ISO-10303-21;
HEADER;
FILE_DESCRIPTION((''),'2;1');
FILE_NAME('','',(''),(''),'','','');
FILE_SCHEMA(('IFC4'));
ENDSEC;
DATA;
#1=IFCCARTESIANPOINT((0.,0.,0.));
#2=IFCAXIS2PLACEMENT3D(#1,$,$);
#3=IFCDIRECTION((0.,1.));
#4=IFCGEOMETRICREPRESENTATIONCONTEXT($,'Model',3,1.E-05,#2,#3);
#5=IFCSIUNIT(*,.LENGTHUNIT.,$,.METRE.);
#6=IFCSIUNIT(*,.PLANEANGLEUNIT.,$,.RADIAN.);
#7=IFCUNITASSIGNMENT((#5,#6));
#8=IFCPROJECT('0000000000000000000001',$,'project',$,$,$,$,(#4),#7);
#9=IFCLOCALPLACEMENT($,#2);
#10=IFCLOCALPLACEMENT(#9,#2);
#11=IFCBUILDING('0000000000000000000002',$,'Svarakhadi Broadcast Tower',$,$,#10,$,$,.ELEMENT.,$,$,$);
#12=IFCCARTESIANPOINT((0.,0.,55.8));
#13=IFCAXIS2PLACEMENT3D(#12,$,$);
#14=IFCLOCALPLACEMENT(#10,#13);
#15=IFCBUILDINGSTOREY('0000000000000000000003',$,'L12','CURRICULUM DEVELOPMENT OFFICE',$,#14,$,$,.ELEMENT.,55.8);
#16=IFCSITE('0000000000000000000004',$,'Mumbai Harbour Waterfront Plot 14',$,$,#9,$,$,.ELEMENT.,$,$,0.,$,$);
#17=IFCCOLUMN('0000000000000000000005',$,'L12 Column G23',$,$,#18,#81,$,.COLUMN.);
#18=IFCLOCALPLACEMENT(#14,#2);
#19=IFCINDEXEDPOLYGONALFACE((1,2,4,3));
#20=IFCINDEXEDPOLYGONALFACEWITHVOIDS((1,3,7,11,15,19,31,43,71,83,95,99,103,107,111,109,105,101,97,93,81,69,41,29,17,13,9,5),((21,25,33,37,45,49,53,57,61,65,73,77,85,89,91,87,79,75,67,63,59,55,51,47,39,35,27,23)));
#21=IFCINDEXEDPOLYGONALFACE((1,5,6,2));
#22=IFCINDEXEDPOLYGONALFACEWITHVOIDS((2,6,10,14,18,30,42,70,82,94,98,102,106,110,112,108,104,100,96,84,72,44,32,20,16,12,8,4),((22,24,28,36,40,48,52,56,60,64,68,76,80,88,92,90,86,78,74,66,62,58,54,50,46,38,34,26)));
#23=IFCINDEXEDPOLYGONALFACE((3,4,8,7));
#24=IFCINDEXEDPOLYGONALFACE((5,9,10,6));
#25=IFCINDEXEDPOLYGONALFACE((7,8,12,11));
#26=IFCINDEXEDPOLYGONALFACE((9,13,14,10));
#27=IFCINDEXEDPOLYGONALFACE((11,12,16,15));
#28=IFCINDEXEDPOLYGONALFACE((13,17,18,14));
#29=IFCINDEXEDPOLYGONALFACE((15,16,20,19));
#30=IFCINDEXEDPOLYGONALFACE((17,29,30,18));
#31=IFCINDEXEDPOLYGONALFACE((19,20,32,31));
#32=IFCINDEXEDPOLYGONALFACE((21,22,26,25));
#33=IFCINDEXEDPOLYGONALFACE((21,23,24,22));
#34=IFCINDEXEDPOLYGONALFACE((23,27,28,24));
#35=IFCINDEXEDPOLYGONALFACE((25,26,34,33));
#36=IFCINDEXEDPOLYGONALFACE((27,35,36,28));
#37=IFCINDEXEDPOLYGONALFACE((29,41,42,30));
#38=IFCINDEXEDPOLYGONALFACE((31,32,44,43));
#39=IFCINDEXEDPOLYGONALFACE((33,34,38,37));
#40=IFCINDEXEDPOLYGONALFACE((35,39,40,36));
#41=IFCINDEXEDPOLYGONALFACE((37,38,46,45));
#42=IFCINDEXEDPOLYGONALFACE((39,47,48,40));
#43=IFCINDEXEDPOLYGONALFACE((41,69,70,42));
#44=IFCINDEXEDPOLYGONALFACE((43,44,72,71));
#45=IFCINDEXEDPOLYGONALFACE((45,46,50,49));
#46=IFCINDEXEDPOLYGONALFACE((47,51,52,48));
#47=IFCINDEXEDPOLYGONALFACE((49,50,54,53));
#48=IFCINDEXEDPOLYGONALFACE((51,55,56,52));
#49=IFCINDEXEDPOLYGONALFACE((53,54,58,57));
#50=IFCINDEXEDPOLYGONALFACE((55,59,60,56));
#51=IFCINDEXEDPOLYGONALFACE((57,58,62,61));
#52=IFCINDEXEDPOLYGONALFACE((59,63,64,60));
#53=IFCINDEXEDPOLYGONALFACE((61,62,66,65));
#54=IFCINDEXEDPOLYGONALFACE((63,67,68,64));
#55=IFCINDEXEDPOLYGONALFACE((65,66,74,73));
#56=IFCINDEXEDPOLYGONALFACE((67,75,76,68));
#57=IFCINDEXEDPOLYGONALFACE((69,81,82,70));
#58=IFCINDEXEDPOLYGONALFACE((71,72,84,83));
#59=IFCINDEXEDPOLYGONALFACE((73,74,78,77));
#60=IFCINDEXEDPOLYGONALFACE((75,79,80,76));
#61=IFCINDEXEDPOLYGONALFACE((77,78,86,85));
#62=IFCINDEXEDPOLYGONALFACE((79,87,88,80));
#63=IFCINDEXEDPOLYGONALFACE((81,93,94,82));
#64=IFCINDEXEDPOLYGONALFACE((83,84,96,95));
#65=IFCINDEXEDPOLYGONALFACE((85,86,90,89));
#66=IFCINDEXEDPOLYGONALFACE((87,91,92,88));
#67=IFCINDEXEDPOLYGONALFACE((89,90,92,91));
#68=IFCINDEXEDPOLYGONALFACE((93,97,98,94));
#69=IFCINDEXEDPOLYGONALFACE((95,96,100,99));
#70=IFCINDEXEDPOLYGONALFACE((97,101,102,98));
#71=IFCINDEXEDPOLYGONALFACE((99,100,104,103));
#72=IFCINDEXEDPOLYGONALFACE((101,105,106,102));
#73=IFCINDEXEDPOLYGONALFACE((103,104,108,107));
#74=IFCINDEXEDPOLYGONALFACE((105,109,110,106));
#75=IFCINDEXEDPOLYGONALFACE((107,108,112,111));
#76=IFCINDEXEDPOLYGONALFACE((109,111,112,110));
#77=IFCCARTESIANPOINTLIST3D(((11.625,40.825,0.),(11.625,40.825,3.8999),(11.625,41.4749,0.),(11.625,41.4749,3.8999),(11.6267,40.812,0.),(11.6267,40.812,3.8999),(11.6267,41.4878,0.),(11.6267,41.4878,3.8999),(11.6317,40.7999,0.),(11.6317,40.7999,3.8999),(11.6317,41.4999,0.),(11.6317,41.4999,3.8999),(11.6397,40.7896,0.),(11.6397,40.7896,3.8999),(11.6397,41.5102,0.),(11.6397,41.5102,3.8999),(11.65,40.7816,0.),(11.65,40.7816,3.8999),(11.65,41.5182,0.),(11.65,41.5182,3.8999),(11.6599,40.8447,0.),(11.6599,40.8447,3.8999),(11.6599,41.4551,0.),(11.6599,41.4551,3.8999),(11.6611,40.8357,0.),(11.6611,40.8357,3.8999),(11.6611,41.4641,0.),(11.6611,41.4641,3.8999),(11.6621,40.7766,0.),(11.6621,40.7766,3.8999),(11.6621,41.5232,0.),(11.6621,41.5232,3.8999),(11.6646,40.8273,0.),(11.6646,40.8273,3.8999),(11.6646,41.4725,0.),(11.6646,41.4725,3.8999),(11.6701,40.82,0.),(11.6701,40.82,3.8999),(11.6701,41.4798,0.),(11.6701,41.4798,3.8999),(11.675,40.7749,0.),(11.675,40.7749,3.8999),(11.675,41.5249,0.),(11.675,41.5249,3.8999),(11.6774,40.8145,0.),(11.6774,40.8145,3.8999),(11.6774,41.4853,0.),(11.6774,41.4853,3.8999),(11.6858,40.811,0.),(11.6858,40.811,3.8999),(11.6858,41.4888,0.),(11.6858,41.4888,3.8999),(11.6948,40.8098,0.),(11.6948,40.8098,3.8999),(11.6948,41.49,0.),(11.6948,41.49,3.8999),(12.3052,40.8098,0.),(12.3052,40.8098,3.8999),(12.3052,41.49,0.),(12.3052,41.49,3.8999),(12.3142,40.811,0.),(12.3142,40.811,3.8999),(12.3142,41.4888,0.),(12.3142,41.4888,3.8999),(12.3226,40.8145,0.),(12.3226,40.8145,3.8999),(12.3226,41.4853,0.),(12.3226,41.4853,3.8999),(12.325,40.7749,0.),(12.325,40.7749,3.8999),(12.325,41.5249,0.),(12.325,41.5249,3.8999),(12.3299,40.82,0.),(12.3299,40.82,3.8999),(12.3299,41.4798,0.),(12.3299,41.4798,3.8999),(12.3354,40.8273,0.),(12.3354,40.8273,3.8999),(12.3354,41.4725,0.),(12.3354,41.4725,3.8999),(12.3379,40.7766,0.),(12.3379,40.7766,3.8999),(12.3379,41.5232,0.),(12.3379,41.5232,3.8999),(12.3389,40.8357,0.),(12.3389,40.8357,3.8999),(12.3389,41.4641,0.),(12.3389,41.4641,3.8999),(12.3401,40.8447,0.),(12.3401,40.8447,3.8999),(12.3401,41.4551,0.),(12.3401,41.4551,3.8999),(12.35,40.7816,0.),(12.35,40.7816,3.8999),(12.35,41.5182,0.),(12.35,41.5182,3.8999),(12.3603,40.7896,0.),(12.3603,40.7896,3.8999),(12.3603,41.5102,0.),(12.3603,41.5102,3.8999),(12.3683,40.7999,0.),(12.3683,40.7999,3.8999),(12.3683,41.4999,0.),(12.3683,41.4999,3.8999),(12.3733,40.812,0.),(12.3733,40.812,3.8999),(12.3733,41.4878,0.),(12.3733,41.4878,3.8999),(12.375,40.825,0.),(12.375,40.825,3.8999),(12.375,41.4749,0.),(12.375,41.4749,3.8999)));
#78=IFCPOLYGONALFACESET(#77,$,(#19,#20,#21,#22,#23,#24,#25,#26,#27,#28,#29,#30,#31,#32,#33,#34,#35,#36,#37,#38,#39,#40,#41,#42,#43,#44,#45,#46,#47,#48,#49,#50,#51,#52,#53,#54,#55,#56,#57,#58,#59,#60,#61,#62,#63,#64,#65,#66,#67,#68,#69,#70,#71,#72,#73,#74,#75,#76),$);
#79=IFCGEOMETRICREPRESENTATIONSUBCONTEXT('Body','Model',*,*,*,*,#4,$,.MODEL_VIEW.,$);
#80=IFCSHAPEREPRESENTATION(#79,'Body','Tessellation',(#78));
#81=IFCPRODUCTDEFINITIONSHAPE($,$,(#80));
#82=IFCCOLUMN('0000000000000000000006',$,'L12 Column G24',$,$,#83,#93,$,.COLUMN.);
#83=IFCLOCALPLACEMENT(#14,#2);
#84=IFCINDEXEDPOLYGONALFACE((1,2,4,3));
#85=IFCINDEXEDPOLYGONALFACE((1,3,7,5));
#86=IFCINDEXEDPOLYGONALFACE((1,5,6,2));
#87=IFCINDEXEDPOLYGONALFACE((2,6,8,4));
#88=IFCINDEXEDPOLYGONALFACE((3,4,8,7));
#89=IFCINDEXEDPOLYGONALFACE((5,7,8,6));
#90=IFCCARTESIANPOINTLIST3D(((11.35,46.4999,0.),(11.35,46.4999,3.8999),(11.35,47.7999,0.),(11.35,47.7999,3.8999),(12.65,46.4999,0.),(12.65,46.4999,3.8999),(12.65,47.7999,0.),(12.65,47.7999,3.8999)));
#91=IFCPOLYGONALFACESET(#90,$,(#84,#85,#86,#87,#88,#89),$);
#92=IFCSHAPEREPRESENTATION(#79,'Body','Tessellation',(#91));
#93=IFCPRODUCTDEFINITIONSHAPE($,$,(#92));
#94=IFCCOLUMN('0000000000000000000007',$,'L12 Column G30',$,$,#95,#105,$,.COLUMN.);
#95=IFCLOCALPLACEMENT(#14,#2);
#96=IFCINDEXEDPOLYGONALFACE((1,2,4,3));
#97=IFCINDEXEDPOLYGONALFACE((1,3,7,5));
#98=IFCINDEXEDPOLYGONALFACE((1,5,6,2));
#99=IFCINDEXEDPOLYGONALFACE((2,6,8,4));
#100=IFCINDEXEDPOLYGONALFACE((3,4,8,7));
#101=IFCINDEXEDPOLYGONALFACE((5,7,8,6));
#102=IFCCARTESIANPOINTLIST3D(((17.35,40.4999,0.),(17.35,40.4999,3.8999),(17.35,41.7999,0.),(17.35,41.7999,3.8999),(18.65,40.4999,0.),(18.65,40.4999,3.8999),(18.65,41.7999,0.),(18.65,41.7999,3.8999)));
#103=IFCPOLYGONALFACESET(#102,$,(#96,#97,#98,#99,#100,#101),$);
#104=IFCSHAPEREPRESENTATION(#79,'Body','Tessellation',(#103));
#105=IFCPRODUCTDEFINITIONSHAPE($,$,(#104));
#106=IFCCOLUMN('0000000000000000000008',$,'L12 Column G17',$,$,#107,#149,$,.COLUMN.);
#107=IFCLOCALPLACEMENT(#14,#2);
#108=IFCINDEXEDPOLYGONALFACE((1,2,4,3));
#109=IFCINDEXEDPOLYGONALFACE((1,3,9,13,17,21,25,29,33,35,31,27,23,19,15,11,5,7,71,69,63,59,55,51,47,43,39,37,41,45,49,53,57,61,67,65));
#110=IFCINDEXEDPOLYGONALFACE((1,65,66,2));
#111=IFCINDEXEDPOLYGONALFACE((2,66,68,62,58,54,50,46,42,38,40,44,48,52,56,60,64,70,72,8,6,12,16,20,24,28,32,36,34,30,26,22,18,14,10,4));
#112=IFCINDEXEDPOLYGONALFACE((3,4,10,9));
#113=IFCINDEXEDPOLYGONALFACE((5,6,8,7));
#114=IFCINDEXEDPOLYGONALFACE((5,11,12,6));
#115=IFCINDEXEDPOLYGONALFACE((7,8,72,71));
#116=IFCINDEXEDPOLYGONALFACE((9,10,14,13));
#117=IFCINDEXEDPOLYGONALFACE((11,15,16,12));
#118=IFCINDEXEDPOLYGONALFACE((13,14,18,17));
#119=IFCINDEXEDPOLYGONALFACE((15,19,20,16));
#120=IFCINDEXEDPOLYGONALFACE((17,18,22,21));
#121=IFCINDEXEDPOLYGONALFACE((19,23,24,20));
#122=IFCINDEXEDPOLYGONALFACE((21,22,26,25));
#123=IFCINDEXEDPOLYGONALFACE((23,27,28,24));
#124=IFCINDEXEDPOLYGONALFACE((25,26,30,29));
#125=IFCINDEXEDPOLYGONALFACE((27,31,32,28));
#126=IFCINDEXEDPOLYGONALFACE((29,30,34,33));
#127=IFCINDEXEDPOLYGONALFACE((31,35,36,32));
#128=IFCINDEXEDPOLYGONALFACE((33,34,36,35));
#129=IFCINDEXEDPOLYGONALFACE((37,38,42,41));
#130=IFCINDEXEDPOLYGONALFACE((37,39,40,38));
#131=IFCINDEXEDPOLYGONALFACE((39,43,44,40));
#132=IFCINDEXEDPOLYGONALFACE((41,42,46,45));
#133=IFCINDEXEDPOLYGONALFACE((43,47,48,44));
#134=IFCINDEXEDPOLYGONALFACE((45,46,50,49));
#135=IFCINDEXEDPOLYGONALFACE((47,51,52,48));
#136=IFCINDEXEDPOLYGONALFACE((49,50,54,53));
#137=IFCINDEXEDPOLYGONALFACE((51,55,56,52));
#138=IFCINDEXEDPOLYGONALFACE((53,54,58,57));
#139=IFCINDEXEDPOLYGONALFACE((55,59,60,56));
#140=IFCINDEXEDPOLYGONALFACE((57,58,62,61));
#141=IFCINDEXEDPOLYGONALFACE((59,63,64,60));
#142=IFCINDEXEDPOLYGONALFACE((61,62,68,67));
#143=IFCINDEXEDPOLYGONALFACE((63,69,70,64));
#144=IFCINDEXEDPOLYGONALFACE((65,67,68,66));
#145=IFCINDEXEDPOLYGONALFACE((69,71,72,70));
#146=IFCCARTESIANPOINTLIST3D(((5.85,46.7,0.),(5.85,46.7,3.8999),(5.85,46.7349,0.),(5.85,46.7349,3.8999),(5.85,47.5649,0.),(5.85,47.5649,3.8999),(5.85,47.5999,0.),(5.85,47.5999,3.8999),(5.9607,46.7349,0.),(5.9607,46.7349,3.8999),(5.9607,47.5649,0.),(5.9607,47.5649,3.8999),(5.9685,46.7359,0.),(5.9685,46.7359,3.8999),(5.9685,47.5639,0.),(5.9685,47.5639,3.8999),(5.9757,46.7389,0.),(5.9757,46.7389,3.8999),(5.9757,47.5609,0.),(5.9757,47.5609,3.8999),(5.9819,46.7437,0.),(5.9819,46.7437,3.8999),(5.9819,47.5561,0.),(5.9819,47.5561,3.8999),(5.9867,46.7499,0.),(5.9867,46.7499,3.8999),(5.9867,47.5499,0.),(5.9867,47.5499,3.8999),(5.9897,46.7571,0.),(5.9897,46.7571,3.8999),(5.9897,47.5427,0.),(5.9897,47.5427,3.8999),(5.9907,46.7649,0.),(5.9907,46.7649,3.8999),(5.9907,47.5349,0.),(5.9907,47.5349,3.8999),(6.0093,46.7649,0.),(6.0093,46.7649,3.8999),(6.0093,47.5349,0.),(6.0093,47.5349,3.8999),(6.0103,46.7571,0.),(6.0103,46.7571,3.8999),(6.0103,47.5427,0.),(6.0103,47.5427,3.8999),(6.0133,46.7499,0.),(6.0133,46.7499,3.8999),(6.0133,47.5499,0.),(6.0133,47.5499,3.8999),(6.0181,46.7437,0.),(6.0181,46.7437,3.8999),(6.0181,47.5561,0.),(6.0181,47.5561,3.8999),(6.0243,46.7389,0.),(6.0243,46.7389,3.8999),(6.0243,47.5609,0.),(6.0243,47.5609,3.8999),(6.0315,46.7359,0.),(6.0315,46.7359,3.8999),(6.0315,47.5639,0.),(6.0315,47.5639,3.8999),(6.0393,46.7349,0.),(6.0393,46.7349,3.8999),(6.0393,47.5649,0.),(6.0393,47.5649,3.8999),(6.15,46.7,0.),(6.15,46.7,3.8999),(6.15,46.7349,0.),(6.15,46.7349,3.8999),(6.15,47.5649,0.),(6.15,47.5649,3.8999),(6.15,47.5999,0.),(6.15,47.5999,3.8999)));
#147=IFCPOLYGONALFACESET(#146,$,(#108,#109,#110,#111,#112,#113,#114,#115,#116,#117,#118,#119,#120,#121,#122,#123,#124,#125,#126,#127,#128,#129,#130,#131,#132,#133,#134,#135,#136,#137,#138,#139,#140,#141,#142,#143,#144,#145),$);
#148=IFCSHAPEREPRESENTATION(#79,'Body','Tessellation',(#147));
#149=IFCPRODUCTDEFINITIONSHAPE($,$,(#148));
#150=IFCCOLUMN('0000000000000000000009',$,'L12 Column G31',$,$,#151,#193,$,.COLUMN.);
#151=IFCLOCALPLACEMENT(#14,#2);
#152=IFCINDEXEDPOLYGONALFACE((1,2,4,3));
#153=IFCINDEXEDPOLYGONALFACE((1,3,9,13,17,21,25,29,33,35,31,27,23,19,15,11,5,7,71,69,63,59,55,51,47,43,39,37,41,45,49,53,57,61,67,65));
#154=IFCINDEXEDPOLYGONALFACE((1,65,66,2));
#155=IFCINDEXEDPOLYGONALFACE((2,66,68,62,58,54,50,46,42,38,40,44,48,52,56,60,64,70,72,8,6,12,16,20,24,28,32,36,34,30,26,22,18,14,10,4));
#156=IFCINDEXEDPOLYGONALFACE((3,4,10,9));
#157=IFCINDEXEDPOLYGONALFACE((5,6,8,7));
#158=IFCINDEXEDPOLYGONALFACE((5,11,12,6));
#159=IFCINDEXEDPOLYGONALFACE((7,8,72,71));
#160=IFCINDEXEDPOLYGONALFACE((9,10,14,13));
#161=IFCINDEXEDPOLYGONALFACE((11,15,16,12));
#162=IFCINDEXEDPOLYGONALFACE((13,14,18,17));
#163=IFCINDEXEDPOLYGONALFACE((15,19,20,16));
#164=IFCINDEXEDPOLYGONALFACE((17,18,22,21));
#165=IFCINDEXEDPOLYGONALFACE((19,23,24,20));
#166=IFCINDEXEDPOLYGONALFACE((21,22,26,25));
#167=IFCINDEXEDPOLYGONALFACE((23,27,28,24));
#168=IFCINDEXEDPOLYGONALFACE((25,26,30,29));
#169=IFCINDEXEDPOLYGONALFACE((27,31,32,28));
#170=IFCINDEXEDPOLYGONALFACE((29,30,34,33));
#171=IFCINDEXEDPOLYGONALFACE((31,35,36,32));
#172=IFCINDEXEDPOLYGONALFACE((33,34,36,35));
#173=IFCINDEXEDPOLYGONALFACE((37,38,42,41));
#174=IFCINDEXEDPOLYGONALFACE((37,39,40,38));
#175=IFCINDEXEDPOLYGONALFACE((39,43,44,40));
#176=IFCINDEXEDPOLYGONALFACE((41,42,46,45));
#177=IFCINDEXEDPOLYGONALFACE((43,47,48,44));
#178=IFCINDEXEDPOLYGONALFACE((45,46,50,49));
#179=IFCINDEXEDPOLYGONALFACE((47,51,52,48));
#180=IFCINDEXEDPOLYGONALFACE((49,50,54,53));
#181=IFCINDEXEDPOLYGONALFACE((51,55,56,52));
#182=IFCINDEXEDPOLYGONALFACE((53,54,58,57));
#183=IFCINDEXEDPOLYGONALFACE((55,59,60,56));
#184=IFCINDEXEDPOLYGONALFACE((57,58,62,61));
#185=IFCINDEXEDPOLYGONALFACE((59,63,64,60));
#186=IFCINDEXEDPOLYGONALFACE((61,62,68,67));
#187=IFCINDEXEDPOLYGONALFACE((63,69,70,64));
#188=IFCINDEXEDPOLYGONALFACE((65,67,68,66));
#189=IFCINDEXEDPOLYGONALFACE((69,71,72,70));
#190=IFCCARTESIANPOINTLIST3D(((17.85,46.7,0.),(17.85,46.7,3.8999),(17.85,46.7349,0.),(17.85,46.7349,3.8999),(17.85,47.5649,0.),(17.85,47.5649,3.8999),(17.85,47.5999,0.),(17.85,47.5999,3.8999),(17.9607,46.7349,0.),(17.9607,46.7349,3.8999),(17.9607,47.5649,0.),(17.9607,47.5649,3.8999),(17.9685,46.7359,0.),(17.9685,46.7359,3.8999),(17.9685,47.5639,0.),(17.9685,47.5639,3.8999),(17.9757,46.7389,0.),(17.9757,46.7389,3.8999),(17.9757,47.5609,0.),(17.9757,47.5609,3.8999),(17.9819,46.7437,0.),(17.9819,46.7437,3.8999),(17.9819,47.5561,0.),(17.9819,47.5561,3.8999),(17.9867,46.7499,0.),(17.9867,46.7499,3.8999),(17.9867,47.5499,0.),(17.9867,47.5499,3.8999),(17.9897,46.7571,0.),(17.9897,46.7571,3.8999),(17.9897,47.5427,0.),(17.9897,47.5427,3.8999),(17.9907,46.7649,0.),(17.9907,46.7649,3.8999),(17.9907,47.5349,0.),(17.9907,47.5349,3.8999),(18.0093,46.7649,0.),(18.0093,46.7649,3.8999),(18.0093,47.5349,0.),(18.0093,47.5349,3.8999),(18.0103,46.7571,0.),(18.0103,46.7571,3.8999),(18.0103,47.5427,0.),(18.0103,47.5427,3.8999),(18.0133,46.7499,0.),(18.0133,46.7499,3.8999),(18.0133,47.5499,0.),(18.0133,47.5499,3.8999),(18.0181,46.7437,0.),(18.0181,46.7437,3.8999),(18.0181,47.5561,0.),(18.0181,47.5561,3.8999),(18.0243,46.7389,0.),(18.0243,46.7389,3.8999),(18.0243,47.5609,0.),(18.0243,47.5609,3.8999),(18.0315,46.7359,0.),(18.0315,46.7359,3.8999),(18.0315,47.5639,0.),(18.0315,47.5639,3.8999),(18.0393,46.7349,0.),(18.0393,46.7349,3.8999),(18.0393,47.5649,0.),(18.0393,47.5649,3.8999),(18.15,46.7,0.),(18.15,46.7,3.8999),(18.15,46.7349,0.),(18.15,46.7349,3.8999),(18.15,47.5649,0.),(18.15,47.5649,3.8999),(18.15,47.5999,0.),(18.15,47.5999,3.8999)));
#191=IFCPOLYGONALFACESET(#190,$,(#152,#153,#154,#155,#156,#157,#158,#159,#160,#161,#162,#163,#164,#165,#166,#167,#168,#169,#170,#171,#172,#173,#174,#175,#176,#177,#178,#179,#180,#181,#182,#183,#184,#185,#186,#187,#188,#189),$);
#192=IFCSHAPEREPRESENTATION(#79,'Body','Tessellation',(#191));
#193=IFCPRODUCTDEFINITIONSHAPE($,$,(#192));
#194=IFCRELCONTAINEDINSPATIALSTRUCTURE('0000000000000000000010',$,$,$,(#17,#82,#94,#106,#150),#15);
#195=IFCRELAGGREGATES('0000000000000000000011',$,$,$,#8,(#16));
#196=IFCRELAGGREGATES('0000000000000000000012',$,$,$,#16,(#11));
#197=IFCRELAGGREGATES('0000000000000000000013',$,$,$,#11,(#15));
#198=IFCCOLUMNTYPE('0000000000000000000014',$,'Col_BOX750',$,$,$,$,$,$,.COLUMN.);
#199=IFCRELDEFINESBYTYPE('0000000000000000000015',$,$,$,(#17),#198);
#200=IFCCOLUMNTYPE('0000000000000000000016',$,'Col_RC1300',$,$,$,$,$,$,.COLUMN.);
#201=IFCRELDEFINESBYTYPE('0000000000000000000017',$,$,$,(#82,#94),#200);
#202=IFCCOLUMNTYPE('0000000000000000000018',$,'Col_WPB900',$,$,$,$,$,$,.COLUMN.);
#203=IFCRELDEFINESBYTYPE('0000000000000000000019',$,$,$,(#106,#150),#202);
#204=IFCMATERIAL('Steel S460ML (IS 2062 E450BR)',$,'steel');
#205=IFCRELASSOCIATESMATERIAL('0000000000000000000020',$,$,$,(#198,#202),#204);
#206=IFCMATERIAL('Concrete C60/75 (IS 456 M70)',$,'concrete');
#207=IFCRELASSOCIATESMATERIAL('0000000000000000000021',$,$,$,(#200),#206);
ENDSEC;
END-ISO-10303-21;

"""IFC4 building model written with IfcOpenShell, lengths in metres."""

from ifc_helpers import new_model, si_unit, direction, frame, origin, origin_2d, place, context, subcontext, project, spatial, rectangle, hollow_rectangle, i_section, extrude, material, material_profile, profile_set, type_object, element, save


model = new_model("IFC4")

# Units and contexts
model_context = context("Model", 3, precision=1e-05, world=origin(), true_north=direction((0.0, 1.0)))
body_context = subcontext(model_context, "Body", "Model", "MODEL_VIEW")
ifc_project = project(units=[si_unit("LENGTHUNIT", "METRE"), si_unit("PLANEANGLEUNIT", "RADIAN")], contexts=[model_context])

# Site, building, storey
site_placement = place(None, origin())
site = spatial("IfcSite", under=ifc_project, at=site_placement, Name="Mumbai Harbour Waterfront Plot 14", CompositionType="ELEMENT", RefElevation=0.0)
building_placement = place(site_placement, origin())
building = spatial("IfcBuilding", under=site, at=building_placement, Name="Svarakhadi Broadcast Tower", CompositionType="ELEMENT")
storey_placement = place(building_placement, frame((0.0, 0.0, 55.8)))
storey = spatial("IfcBuildingStorey", under=building, at=storey_placement, Name="L12", Description="CURRICULUM DEVELOPMENT OFFICE", CompositionType="ELEMENT", Elevation=55.8)

# Columns
ifc_material_1 = material(Name="Steel S460ML (IS 2062 E450BR)", Category="steel")
ifc_material_profile_1 = material_profile(ifc_material_1, hollow_rectangle(XDim=0.75, YDim=0.75, WallThickness=0.0349, InnerFilletRadius=0.0349, OuterFilletRadius=0.05, at=origin_2d()), Name="BOX 750x750x35")
ifc_profile_set_1 = profile_set([ifc_material_profile_1], Name="Steel S460ML (IS 2062 E450BR)")
column_type_1 = type_object("IfcColumnType", Name="Col_BOX750", PredefinedType="COLUMN", material=ifc_profile_set_1)
column_placement = place(storey_placement, frame((12.0, 41.1499, 0.0), z_axis=(0.0, 0.0, 1.0), x_axis=(1.0, 0.0, 0.0)))
element("IfcColumn", 1, at=column_placement, inside=storey, type_object=column_type_1, Name="L12 Column G23", PredefinedType="COLUMN", context=body_context, shape_type="SweptSolid", body=[
    extrude(hollow_rectangle(XDim=0.75, YDim=0.75, WallThickness=0.0349, InnerFilletRadius=0.0349, OuterFilletRadius=0.05, at=origin_2d()), origin(), (0.0, 0.0, 1.0), 3.8999),
])
ifc_material_2 = material(Name="Concrete C60/75 (IS 456 M70)", Category="concrete")
ifc_material_profile_2 = material_profile(ifc_material_2, rectangle(XDim=1.3, YDim=1.3, at=origin_2d()), Name="RC 1300x1300")
ifc_profile_set_2 = profile_set([ifc_material_profile_2], Name="Concrete C60/75 (IS 456 M70)")
column_type_2 = type_object("IfcColumnType", Name="Col_RC1300", PredefinedType="COLUMN", material=ifc_profile_set_2)
for number, where, z_axis, x_axis, name in (
    (2, (12.0, 47.1499, 0.0), (0.0, 0.0, 1.0), (1.0, 0.0, 0.0), "L12 Column G24"),
    (3, (18.0, 41.1499, 0.0), (0.0, 0.0, 1.0), (1.0, 0.0, 0.0), "L12 Column G30"),
):
    element("IfcColumn", number, at=place(storey_placement, frame(where, z_axis=z_axis, x_axis=x_axis)), inside=storey, type_object=column_type_2, Name=name, PredefinedType="COLUMN", context=body_context, shape_type="SweptSolid", body=[
        extrude(rectangle(XDim=1.3, YDim=1.3, at=origin_2d()), origin(), (0.0, 0.0, 1.0), 3.8999),
    ])
ifc_material_profile_3 = material_profile(ifc_material_1, i_section(OverallWidth=0.3, OverallDepth=0.8999, WebThickness=0.0186, FlangeThickness=0.0349, FilletRadius=0.03, at=origin_2d()), Name="WPB 900x300x291")
ifc_profile_set_3 = profile_set([ifc_material_profile_3], Name="Steel S460ML (IS 2062 E450BR)")
column_type_3 = type_object("IfcColumnType", Name="Col_WPB900", PredefinedType="COLUMN", material=ifc_profile_set_3)
for number, where, z_axis, x_axis, name in (
    (4, (6.0, 47.1499, 0.0), (0.0, 0.0, 1.0), (1.0, 0.0, 0.0), "L12 Column G17"),
    (5, (18.0, 47.1499, 0.0), (0.0, 0.0, 1.0), (1.0, 0.0, 0.0), "L12 Column G31"),
):
    element("IfcColumn", number, at=place(storey_placement, frame(where, z_axis=z_axis, x_axis=x_axis)), inside=storey, type_object=column_type_3, Name=name, PredefinedType="COLUMN", context=body_context, shape_type="SweptSolid", body=[
        extrude(i_section(OverallWidth=0.3, OverallDepth=0.8999, WebThickness=0.0186, FlangeThickness=0.0349, FilletRadius=0.03, at=origin_2d()), origin(), (0.0, 0.0, 1.0), 3.8999),
    ])

save(model, "model.ifc")
